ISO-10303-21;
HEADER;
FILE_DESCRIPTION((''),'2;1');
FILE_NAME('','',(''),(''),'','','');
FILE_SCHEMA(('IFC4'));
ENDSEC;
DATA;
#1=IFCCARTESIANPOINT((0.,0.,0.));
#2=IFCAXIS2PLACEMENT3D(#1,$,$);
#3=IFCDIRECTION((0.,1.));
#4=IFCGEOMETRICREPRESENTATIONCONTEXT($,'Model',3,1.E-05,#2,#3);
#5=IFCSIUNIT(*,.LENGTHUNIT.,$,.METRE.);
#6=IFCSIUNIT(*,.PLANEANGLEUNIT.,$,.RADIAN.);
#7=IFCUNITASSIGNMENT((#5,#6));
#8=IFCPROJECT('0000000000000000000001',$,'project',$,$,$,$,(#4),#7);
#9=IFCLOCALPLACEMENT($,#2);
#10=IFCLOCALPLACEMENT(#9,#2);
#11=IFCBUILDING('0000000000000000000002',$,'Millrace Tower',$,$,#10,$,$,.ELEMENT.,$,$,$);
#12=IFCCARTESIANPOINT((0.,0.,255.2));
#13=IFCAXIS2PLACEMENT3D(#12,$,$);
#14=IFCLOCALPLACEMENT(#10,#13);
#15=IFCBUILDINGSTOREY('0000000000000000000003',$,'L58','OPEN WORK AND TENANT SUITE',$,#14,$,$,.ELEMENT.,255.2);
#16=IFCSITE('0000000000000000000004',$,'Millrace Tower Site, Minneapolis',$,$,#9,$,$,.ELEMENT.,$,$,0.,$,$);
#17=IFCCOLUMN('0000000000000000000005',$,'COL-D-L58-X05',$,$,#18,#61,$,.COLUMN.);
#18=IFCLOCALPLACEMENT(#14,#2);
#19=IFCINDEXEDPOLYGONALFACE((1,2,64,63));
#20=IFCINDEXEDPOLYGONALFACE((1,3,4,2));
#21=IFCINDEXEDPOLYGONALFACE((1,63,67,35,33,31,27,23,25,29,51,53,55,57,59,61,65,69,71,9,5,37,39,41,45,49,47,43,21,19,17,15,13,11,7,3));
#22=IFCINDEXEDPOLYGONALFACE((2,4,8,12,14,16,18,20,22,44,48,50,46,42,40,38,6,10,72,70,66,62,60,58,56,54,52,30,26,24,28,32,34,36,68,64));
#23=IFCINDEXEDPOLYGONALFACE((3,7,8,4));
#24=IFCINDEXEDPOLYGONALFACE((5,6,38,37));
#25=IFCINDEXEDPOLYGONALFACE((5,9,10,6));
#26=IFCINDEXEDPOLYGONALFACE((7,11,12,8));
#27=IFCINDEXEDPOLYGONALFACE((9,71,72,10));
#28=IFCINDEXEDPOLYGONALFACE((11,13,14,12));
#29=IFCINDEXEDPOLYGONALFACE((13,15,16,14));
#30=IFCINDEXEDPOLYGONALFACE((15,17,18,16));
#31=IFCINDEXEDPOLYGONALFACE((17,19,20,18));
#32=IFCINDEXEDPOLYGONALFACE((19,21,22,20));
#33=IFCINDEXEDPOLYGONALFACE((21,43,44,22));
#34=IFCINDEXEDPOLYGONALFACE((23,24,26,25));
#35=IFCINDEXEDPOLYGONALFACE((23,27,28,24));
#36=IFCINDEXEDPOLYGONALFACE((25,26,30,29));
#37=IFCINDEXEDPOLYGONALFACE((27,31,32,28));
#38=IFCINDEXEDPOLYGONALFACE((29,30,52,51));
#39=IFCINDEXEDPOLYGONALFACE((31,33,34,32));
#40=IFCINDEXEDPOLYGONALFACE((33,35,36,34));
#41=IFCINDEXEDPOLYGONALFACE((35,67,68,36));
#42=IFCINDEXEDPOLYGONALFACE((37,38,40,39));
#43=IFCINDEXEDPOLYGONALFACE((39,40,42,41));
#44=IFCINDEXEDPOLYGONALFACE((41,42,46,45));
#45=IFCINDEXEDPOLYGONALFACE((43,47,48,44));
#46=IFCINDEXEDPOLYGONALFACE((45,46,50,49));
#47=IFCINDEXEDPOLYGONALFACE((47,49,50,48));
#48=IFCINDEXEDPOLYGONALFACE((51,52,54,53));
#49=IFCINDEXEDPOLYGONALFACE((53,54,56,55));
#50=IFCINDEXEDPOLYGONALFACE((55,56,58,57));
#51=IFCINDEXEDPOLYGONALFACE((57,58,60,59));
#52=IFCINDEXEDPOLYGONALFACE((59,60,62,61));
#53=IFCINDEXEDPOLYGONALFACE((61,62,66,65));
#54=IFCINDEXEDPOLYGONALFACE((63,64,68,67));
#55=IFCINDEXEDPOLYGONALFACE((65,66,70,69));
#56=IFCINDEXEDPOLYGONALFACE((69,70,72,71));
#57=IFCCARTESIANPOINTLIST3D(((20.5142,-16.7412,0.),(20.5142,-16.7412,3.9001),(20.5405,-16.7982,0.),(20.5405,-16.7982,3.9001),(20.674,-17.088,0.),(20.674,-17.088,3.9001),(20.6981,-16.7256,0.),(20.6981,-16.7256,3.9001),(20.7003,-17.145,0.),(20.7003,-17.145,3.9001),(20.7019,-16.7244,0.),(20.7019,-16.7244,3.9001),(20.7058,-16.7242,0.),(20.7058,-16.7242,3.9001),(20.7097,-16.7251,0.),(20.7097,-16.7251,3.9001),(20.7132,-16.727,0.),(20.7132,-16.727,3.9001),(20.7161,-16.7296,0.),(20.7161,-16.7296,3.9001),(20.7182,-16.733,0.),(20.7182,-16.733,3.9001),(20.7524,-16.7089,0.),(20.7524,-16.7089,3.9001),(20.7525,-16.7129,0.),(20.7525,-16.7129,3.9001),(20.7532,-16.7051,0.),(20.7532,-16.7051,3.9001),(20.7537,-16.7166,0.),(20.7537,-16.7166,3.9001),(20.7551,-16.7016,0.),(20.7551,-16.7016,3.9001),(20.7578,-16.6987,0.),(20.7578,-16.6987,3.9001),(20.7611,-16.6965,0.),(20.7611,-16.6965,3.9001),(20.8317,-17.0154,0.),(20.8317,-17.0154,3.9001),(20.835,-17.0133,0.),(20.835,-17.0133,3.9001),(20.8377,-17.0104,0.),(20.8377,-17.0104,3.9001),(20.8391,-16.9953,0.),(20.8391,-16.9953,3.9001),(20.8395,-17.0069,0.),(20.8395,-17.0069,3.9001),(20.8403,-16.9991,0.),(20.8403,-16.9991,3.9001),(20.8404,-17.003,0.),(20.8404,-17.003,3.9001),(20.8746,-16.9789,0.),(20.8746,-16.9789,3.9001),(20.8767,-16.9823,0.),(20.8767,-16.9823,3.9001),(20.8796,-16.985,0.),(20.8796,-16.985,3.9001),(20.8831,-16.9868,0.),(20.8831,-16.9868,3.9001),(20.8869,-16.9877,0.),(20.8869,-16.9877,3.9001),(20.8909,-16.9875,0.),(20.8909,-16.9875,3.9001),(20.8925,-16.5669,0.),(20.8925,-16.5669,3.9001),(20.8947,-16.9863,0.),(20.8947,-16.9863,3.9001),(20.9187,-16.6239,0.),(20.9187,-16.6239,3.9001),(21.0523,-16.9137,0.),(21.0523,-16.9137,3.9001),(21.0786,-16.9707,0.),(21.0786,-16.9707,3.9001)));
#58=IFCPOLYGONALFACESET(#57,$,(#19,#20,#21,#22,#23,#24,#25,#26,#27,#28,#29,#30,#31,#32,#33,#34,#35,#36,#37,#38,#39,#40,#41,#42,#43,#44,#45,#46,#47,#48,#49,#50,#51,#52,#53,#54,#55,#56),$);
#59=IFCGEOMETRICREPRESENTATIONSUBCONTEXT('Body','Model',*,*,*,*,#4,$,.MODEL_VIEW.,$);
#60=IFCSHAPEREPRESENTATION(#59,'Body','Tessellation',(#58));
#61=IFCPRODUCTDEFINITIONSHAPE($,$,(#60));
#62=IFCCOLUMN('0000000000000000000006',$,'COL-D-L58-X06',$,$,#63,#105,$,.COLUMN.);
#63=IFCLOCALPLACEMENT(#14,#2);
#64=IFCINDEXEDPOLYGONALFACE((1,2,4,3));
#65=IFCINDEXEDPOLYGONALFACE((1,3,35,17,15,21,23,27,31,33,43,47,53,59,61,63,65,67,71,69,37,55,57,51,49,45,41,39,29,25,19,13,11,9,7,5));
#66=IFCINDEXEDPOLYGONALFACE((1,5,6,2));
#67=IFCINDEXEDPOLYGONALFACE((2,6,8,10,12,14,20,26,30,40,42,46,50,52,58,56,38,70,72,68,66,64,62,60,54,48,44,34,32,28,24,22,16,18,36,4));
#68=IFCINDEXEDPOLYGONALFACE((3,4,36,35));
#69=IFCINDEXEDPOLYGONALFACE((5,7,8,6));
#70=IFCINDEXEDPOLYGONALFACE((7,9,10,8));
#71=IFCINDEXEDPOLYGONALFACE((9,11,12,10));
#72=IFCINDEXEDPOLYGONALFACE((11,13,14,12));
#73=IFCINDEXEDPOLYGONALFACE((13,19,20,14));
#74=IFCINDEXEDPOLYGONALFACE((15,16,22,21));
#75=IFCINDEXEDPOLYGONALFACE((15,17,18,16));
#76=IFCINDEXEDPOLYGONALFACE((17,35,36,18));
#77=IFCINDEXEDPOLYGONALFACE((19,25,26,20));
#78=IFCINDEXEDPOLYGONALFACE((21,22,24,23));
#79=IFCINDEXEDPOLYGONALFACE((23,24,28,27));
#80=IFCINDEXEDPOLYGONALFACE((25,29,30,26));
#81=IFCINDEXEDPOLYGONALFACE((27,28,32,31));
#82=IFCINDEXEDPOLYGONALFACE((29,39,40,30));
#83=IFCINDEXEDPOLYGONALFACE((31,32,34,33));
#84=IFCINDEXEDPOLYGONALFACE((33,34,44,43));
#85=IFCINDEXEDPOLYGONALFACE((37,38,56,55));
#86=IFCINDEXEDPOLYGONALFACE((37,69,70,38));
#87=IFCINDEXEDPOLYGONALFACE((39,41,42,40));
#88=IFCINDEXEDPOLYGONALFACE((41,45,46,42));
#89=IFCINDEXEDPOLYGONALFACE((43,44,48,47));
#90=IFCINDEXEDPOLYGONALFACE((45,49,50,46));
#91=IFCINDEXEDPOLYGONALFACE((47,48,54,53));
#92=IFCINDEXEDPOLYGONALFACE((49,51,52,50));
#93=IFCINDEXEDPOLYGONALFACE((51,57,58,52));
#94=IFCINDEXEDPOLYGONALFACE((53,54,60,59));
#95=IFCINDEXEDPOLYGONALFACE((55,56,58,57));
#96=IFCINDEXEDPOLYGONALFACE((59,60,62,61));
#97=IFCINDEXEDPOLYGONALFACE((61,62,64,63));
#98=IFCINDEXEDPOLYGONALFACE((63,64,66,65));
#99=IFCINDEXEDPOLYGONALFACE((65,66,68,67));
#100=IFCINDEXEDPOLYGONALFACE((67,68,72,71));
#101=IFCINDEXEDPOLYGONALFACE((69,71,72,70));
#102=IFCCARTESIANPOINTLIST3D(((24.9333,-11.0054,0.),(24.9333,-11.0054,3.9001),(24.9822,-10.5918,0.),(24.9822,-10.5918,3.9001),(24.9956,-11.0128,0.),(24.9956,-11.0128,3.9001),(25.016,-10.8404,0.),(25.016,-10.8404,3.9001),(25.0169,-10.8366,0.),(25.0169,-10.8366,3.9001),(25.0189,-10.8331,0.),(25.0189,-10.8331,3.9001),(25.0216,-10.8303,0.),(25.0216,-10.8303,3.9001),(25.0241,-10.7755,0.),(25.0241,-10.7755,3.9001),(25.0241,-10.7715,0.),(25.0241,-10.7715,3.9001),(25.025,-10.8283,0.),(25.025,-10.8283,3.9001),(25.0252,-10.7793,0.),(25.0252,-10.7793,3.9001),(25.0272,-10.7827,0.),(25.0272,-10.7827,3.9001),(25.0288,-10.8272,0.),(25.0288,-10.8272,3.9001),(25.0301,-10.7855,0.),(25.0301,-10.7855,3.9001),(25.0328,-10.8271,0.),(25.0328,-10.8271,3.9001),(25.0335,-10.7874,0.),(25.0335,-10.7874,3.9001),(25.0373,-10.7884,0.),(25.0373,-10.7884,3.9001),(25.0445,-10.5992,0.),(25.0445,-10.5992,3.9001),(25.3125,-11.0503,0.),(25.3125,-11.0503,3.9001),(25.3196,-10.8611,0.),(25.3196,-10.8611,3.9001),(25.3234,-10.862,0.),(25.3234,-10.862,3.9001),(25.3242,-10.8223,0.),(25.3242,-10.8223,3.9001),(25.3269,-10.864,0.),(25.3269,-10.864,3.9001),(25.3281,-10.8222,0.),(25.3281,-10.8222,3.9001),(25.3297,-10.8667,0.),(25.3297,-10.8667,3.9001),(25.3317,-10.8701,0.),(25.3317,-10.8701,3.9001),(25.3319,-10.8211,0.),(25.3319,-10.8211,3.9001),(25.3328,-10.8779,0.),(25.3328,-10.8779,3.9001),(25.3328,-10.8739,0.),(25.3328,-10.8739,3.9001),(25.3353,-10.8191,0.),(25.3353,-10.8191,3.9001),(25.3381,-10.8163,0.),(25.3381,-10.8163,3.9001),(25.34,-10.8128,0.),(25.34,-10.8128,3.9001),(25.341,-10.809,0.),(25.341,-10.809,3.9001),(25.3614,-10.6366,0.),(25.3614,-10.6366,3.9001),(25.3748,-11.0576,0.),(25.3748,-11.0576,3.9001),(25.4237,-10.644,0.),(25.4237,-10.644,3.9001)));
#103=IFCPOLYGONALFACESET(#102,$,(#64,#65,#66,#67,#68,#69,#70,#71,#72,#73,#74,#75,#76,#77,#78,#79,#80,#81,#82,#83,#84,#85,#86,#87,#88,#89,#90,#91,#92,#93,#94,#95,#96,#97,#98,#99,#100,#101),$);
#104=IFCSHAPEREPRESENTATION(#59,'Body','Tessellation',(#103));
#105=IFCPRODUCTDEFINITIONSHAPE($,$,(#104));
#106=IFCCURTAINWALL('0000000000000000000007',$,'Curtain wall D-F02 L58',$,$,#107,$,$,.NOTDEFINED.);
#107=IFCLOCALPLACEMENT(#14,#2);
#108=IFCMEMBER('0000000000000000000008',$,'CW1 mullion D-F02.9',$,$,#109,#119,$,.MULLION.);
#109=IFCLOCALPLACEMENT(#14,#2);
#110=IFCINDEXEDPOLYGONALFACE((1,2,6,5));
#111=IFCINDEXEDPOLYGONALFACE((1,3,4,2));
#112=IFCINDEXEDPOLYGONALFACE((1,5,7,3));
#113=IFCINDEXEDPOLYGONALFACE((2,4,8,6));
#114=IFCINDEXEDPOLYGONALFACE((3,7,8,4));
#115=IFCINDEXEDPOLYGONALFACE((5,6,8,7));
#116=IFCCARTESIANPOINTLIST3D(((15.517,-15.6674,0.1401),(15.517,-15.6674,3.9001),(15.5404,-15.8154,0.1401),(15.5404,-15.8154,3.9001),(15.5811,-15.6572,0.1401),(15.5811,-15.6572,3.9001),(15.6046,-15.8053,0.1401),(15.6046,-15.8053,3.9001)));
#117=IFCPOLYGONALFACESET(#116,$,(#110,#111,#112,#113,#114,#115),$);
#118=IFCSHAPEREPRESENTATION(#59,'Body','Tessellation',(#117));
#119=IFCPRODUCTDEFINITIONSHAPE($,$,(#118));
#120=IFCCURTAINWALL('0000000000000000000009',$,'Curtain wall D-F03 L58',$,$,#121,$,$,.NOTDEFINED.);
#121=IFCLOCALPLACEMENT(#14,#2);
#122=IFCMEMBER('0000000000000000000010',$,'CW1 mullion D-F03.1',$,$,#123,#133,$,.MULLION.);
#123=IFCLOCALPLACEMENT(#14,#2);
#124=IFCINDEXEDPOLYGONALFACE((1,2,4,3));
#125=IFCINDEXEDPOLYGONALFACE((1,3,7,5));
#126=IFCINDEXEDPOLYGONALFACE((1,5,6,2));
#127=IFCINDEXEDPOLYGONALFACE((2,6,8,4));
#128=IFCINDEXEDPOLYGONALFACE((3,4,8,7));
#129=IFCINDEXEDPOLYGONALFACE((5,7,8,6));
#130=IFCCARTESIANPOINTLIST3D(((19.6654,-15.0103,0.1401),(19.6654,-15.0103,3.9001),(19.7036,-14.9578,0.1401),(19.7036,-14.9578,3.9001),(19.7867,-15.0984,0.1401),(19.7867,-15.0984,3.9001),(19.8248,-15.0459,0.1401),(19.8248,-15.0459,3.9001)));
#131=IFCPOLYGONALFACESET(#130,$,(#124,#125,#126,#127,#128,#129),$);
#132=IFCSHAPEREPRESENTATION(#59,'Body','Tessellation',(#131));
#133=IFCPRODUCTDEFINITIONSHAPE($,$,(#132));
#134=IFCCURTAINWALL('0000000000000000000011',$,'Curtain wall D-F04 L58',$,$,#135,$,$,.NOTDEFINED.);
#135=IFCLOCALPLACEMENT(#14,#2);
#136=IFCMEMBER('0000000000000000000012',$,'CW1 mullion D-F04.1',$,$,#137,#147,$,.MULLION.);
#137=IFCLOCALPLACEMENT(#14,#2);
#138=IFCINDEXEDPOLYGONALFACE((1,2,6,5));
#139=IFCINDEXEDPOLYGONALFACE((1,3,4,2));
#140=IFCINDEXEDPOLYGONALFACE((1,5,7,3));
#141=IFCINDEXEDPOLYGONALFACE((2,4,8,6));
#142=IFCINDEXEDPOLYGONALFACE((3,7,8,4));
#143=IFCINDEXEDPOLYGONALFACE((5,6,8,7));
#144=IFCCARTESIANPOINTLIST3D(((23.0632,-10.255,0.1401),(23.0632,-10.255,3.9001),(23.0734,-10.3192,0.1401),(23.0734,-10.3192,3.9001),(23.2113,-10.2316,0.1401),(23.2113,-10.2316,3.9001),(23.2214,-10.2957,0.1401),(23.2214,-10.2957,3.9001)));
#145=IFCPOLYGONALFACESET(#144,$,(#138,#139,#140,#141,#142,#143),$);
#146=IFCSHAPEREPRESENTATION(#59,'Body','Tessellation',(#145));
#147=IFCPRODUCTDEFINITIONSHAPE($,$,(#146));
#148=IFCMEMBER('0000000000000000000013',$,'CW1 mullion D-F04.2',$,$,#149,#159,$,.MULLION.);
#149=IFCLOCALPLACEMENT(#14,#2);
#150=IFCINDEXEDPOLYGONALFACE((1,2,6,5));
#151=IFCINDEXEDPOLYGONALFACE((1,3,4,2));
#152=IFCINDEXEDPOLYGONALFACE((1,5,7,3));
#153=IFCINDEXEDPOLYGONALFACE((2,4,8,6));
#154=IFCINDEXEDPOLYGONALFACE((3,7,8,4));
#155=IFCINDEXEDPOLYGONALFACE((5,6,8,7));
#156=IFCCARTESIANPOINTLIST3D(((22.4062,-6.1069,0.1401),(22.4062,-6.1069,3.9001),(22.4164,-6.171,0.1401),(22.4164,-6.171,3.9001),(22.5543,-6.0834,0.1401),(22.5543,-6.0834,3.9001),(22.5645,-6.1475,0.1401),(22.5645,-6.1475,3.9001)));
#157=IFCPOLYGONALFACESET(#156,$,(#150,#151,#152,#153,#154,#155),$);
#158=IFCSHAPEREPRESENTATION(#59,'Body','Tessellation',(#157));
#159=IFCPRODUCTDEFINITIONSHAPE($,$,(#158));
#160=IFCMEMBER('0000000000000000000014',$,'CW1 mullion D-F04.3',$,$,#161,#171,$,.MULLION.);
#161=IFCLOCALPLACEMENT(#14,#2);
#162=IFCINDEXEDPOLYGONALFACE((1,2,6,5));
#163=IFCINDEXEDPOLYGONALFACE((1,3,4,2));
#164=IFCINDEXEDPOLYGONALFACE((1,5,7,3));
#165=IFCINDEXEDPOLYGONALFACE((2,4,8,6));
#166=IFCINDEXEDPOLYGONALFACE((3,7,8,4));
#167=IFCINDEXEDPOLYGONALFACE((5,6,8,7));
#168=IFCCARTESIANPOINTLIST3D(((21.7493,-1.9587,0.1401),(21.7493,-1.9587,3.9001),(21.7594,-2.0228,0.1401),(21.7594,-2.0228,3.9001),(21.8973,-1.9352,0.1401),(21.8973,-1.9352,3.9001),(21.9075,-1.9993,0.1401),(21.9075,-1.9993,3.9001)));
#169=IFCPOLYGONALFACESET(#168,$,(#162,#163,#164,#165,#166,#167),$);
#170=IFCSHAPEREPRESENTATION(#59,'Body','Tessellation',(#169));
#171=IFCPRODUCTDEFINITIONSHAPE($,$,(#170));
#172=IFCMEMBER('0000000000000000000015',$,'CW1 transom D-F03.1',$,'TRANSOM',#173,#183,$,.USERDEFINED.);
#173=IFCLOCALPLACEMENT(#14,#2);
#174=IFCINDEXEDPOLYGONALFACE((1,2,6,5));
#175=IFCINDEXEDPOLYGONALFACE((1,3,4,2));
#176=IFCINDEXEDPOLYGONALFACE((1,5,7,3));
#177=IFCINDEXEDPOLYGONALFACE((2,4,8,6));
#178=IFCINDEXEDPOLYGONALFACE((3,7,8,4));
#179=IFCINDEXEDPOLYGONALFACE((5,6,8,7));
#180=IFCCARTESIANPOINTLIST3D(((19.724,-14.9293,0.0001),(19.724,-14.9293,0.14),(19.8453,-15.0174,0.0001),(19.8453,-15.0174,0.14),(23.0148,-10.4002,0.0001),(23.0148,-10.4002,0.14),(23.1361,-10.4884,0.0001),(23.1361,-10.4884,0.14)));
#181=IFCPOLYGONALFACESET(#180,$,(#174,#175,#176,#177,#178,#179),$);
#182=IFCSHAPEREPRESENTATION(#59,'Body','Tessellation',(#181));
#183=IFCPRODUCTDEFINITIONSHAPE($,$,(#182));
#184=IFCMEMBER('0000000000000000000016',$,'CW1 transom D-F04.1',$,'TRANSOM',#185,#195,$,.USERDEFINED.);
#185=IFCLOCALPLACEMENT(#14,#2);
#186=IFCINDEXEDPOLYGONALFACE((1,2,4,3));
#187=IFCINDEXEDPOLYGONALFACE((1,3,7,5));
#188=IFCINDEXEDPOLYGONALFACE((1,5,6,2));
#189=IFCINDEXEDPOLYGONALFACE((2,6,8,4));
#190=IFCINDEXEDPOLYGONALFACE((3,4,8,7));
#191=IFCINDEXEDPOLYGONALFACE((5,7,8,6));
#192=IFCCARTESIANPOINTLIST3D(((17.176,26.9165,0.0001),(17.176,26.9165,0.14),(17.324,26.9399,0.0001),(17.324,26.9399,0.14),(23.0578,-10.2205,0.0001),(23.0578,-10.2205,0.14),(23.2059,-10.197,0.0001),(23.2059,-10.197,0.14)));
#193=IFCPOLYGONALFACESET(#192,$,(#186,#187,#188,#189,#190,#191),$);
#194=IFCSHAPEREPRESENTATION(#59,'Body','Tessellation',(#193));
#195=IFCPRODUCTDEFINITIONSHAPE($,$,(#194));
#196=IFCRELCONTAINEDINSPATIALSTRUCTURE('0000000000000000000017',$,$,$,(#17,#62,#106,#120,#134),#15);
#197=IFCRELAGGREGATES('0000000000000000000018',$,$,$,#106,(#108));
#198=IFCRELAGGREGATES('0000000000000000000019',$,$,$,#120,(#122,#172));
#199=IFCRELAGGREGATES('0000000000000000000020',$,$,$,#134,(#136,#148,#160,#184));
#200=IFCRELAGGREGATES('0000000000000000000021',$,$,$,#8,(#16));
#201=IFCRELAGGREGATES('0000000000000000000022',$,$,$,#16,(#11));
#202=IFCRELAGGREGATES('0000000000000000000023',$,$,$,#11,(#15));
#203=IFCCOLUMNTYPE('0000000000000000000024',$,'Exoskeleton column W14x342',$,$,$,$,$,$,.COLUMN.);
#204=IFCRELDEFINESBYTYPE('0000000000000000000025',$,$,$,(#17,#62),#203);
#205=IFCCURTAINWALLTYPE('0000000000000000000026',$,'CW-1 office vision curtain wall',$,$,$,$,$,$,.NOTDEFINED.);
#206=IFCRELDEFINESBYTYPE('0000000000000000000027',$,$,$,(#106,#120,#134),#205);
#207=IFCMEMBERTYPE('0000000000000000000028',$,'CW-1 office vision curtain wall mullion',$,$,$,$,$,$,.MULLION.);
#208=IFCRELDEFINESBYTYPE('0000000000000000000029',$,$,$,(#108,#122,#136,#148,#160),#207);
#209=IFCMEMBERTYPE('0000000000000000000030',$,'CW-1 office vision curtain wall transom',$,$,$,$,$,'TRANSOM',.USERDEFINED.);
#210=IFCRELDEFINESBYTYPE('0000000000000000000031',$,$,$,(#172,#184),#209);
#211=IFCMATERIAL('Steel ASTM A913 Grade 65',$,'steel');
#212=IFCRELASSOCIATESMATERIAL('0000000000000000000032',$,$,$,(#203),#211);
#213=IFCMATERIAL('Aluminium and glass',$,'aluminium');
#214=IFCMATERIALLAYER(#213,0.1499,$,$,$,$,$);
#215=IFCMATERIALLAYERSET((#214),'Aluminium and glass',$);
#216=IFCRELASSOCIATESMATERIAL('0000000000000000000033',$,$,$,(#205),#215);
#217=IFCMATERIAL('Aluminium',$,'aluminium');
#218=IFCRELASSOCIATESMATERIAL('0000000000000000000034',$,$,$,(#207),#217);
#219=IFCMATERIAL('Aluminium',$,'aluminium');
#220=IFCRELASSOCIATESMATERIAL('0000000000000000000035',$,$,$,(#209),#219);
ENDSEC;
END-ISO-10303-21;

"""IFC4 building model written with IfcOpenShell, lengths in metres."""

from ifc_helpers import new_model, si_unit, direction, frame, origin, origin_2d, place, context, subcontext, project, spatial, rectangle, i_section, extrude, material, layer, layer_set, material_profile, profile_set, type_object, element, aggregate, save


model = new_model("IFC4")

# Units and contexts
model_context = context("Model", 3, precision=1e-05, world=origin(), true_north=direction((0.0, 1.0)))
body_context = subcontext(model_context, "Body", "Model", "MODEL_VIEW")
ifc_project = project(units=[si_unit("LENGTHUNIT", "METRE"), si_unit("PLANEANGLEUNIT", "RADIAN")], contexts=[model_context])

# Site, building, storey
site_placement = place(None, origin())
site = spatial("IfcSite", under=ifc_project, at=site_placement, Name="Millrace Tower Site, Minneapolis", CompositionType="ELEMENT", RefElevation=0.0)
building_placement = place(site_placement, origin())
building = spatial("IfcBuilding", under=site, at=building_placement, Name="Millrace Tower", CompositionType="ELEMENT")
storey_placement = place(building_placement, frame((0.0, 0.0, 255.2)))
storey = spatial("IfcBuildingStorey", under=building, at=storey_placement, Name="L58", Description="OPEN WORK AND TENANT SUITE", CompositionType="ELEMENT", Elevation=255.2)

# Columns
ifc_material_1 = material(Name="Steel ASTM A913 Grade 65", Category="steel")
ifc_material_profile_1 = material_profile(ifc_material_1, i_section(OverallWidth=0.4165, OverallDepth=0.4446, WebThickness=0.0391, FlangeThickness=0.0627, FilletRadius=0.0151, at=origin_2d()))
ifc_profile_set_1 = profile_set([ifc_material_profile_1], Name="Steel ASTM A913 Grade 65")
column_type = type_object("IfcColumnType", Name="Exoskeleton column W14x342", PredefinedType="COLUMN", material=ifc_profile_set_1)
for number, where, z_axis, x_axis, name in (
    (1, (20.7964, -16.856, 0.0), (0.0, 0.0, 1.0), (0.908192, 0.418553, 0.0), "COL-D-L58-X05"),
    (2, (25.1785, -10.8247, 0.0), (0.0, 0.0, 1.0), (0.117421, 0.993082, 0.0), "COL-D-L58-X06"),
):
    element("IfcColumn", number, at=place(storey_placement, frame(where, z_axis=z_axis, x_axis=x_axis)), inside=storey, type_object=column_type, Name=name, PredefinedType="COLUMN", context=body_context, shape_type="SweptSolid", body=[
        extrude(i_section(OverallWidth=0.4165, OverallDepth=0.4446, WebThickness=0.0391, FlangeThickness=0.0627, FilletRadius=0.0151, at=origin_2d()), origin(), (0.0, 0.0, 1.0), 3.9001),
    ])

# Curtain walls, members
ifc_material_2 = material(Name="Aluminium and glass", Category="aluminium")
ifc_layer_1 = layer(ifc_material_2, 0.1499)
ifc_layer_set_1 = layer_set([ifc_layer_1], Name="Aluminium and glass")
curtain_wall_type = type_object("IfcCurtainWallType", Name="CW-1 office vision curtain wall", PredefinedType="NOTDEFINED", material=ifc_layer_set_1)
placement = place(storey_placement, origin())
curtain_wall_1 = element("IfcCurtainWall", 3, at=placement, inside=storey, type_object=curtain_wall_type, Name="Curtain wall D-F02 L58", PredefinedType="NOTDEFINED")
ifc_material_3 = material(Name="Aluminium", Category="aluminium")
ifc_material_profile_2 = material_profile(ifc_material_3, rectangle(XDim=0.0649, YDim=0.1499, at=origin_2d()))
ifc_profile_set_2 = profile_set([ifc_material_profile_2], Name="Aluminium")
member_type_1 = type_object("IfcMemberType", Name="CW-1 office vision curtain wall mullion", PredefinedType="MULLION", material=ifc_profile_set_2)
member_1_placement = place(storey_placement, frame((15.5608, -15.7363, 0.1401), z_axis=(0.0, 0.0, 1.0), x_axis=(0.987688, 0.156434, 0.0)))
member_1 = element("IfcMember", 4, at=member_1_placement, type_object=member_type_1, Name="CW1 mullion D-F02.9", PredefinedType="MULLION", context=body_context, shape_type="SweptSolid", body=[
    extrude(rectangle(XDim=0.0649, YDim=0.1499, at=origin_2d()), origin(), (0.0, 0.0, 1.0), 3.76),
])
aggregate(curtain_wall_1, [member_1])
curtain_wall_2 = element("IfcCurtainWall", 5, at=placement, inside=storey, type_object=curtain_wall_type, Name="Curtain wall D-F03 L58", PredefinedType="NOTDEFINED")
member_2_placement = place(storey_placement, frame((19.7451, -15.0281, 0.1401), z_axis=(0.0, 0.0, 1.0), x_axis=(0.587785, 0.809017, 0.0)))
member_2 = element("IfcMember", 6, at=member_2_placement, type_object=member_type_1, Name="CW1 mullion D-F03.1", PredefinedType="MULLION", context=body_context, shape_type="SweptSolid", body=[
    extrude(rectangle(XDim=0.0649, YDim=0.1499, at=origin_2d()), origin(), (0.0, 0.0, 1.0), 3.76),
])

# Curtain wall, members
curtain_wall_3 = element("IfcCurtainWall", 7, at=placement, inside=storey, type_object=curtain_wall_type, Name="Curtain wall D-F04 L58", PredefinedType="NOTDEFINED")
member_3_placement = place(storey_placement, frame((23.1423, -10.2754, 0.1401), z_axis=(0.0, 0.0, 1.0), x_axis=(-0.156434, 0.987688, 0.0)))
member_3 = element("IfcMember", 8, at=member_3_placement, type_object=member_type_1, Name="CW1 mullion D-F04.1", PredefinedType="MULLION", context=body_context, shape_type="SweptSolid", body=[
    extrude(rectangle(XDim=0.0649, YDim=0.1499, at=origin_2d()), origin(), (0.0, 0.0, 1.0), 3.76),
])
member_4_placement = place(storey_placement, frame((22.4854, -6.1272, 0.1401), z_axis=(0.0, 0.0, 1.0), x_axis=(-0.156434, 0.987688, 0.0)))
member_4 = element("IfcMember", 9, at=member_4_placement, type_object=member_type_1, Name="CW1 mullion D-F04.2", PredefinedType="MULLION", context=body_context, shape_type="SweptSolid", body=[
    extrude(rectangle(XDim=0.0649, YDim=0.1499, at=origin_2d()), origin(), (0.0, 0.0, 1.0), 3.76),
])
member_5_placement = place(storey_placement, frame((21.8284, -1.979, 0.1401), z_axis=(0.0, 0.0, 1.0), x_axis=(-0.156434, 0.987688, 0.0)))
member_5 = element("IfcMember", 10, at=member_5_placement, type_object=member_type_1, Name="CW1 mullion D-F04.3", PredefinedType="MULLION", context=body_context, shape_type="SweptSolid", body=[
    extrude(rectangle(XDim=0.0649, YDim=0.1499, at=origin_2d()), origin(), (0.0, 0.0, 1.0), 3.76),
])

# Members
ifc_material_4 = material(Name="Aluminium", Category="aluminium")
ifc_material_profile_3 = material_profile(ifc_material_4, rectangle(XDim=0.1499, YDim=0.1399, at=origin_2d()))
ifc_profile_set_3 = profile_set([ifc_material_profile_3], Name="Aluminium")
member_type_2 = type_object("IfcMemberType", Name="CW-1 office vision curtain wall transom", ElementType="TRANSOM", PredefinedType="USERDEFINED", material=ifc_profile_set_3)
member_6_placement = place(storey_placement, frame((19.7847, -14.9734, 0.0701), z_axis=(0.587811, 0.808998, 0.0), x_axis=(-0.808998, 0.587811, 0.0)))
member_6 = element("IfcMember", 11, at=member_6_placement, type_object=member_type_2, Name="CW1 transom D-F03.1", ObjectType="TRANSOM", PredefinedType="USERDEFINED", context=body_context, shape_type="SweptSolid", body=[
    extrude(rectangle(XDim=0.1499, YDim=0.1399, at=origin_2d()), origin(), (0.0, 0.0, 1.0), 5.5984),
])
aggregate(curtain_wall_2, [member_2, member_6])
member_7_placement = place(storey_placement, frame((23.1318, -10.2087, 0.0701), z_axis=(-0.156432, 0.987689, 0.0), x_axis=(-0.987689, -0.156432, 0.0)))
member_7 = element("IfcMember", 12, at=member_7_placement, type_object=member_type_2, Name="CW1 transom D-F04.1", ObjectType="TRANSOM", PredefinedType="USERDEFINED", context=body_context, shape_type="SweptSolid", body=[
    extrude(rectangle(XDim=0.1499, YDim=0.1399, at=origin_2d()), origin(), (0.0, 0.0, 1.0), 37.5999),
])
aggregate(curtain_wall_3, [member_3, member_4, member_5, member_7])

save(model, "model.ifc")
